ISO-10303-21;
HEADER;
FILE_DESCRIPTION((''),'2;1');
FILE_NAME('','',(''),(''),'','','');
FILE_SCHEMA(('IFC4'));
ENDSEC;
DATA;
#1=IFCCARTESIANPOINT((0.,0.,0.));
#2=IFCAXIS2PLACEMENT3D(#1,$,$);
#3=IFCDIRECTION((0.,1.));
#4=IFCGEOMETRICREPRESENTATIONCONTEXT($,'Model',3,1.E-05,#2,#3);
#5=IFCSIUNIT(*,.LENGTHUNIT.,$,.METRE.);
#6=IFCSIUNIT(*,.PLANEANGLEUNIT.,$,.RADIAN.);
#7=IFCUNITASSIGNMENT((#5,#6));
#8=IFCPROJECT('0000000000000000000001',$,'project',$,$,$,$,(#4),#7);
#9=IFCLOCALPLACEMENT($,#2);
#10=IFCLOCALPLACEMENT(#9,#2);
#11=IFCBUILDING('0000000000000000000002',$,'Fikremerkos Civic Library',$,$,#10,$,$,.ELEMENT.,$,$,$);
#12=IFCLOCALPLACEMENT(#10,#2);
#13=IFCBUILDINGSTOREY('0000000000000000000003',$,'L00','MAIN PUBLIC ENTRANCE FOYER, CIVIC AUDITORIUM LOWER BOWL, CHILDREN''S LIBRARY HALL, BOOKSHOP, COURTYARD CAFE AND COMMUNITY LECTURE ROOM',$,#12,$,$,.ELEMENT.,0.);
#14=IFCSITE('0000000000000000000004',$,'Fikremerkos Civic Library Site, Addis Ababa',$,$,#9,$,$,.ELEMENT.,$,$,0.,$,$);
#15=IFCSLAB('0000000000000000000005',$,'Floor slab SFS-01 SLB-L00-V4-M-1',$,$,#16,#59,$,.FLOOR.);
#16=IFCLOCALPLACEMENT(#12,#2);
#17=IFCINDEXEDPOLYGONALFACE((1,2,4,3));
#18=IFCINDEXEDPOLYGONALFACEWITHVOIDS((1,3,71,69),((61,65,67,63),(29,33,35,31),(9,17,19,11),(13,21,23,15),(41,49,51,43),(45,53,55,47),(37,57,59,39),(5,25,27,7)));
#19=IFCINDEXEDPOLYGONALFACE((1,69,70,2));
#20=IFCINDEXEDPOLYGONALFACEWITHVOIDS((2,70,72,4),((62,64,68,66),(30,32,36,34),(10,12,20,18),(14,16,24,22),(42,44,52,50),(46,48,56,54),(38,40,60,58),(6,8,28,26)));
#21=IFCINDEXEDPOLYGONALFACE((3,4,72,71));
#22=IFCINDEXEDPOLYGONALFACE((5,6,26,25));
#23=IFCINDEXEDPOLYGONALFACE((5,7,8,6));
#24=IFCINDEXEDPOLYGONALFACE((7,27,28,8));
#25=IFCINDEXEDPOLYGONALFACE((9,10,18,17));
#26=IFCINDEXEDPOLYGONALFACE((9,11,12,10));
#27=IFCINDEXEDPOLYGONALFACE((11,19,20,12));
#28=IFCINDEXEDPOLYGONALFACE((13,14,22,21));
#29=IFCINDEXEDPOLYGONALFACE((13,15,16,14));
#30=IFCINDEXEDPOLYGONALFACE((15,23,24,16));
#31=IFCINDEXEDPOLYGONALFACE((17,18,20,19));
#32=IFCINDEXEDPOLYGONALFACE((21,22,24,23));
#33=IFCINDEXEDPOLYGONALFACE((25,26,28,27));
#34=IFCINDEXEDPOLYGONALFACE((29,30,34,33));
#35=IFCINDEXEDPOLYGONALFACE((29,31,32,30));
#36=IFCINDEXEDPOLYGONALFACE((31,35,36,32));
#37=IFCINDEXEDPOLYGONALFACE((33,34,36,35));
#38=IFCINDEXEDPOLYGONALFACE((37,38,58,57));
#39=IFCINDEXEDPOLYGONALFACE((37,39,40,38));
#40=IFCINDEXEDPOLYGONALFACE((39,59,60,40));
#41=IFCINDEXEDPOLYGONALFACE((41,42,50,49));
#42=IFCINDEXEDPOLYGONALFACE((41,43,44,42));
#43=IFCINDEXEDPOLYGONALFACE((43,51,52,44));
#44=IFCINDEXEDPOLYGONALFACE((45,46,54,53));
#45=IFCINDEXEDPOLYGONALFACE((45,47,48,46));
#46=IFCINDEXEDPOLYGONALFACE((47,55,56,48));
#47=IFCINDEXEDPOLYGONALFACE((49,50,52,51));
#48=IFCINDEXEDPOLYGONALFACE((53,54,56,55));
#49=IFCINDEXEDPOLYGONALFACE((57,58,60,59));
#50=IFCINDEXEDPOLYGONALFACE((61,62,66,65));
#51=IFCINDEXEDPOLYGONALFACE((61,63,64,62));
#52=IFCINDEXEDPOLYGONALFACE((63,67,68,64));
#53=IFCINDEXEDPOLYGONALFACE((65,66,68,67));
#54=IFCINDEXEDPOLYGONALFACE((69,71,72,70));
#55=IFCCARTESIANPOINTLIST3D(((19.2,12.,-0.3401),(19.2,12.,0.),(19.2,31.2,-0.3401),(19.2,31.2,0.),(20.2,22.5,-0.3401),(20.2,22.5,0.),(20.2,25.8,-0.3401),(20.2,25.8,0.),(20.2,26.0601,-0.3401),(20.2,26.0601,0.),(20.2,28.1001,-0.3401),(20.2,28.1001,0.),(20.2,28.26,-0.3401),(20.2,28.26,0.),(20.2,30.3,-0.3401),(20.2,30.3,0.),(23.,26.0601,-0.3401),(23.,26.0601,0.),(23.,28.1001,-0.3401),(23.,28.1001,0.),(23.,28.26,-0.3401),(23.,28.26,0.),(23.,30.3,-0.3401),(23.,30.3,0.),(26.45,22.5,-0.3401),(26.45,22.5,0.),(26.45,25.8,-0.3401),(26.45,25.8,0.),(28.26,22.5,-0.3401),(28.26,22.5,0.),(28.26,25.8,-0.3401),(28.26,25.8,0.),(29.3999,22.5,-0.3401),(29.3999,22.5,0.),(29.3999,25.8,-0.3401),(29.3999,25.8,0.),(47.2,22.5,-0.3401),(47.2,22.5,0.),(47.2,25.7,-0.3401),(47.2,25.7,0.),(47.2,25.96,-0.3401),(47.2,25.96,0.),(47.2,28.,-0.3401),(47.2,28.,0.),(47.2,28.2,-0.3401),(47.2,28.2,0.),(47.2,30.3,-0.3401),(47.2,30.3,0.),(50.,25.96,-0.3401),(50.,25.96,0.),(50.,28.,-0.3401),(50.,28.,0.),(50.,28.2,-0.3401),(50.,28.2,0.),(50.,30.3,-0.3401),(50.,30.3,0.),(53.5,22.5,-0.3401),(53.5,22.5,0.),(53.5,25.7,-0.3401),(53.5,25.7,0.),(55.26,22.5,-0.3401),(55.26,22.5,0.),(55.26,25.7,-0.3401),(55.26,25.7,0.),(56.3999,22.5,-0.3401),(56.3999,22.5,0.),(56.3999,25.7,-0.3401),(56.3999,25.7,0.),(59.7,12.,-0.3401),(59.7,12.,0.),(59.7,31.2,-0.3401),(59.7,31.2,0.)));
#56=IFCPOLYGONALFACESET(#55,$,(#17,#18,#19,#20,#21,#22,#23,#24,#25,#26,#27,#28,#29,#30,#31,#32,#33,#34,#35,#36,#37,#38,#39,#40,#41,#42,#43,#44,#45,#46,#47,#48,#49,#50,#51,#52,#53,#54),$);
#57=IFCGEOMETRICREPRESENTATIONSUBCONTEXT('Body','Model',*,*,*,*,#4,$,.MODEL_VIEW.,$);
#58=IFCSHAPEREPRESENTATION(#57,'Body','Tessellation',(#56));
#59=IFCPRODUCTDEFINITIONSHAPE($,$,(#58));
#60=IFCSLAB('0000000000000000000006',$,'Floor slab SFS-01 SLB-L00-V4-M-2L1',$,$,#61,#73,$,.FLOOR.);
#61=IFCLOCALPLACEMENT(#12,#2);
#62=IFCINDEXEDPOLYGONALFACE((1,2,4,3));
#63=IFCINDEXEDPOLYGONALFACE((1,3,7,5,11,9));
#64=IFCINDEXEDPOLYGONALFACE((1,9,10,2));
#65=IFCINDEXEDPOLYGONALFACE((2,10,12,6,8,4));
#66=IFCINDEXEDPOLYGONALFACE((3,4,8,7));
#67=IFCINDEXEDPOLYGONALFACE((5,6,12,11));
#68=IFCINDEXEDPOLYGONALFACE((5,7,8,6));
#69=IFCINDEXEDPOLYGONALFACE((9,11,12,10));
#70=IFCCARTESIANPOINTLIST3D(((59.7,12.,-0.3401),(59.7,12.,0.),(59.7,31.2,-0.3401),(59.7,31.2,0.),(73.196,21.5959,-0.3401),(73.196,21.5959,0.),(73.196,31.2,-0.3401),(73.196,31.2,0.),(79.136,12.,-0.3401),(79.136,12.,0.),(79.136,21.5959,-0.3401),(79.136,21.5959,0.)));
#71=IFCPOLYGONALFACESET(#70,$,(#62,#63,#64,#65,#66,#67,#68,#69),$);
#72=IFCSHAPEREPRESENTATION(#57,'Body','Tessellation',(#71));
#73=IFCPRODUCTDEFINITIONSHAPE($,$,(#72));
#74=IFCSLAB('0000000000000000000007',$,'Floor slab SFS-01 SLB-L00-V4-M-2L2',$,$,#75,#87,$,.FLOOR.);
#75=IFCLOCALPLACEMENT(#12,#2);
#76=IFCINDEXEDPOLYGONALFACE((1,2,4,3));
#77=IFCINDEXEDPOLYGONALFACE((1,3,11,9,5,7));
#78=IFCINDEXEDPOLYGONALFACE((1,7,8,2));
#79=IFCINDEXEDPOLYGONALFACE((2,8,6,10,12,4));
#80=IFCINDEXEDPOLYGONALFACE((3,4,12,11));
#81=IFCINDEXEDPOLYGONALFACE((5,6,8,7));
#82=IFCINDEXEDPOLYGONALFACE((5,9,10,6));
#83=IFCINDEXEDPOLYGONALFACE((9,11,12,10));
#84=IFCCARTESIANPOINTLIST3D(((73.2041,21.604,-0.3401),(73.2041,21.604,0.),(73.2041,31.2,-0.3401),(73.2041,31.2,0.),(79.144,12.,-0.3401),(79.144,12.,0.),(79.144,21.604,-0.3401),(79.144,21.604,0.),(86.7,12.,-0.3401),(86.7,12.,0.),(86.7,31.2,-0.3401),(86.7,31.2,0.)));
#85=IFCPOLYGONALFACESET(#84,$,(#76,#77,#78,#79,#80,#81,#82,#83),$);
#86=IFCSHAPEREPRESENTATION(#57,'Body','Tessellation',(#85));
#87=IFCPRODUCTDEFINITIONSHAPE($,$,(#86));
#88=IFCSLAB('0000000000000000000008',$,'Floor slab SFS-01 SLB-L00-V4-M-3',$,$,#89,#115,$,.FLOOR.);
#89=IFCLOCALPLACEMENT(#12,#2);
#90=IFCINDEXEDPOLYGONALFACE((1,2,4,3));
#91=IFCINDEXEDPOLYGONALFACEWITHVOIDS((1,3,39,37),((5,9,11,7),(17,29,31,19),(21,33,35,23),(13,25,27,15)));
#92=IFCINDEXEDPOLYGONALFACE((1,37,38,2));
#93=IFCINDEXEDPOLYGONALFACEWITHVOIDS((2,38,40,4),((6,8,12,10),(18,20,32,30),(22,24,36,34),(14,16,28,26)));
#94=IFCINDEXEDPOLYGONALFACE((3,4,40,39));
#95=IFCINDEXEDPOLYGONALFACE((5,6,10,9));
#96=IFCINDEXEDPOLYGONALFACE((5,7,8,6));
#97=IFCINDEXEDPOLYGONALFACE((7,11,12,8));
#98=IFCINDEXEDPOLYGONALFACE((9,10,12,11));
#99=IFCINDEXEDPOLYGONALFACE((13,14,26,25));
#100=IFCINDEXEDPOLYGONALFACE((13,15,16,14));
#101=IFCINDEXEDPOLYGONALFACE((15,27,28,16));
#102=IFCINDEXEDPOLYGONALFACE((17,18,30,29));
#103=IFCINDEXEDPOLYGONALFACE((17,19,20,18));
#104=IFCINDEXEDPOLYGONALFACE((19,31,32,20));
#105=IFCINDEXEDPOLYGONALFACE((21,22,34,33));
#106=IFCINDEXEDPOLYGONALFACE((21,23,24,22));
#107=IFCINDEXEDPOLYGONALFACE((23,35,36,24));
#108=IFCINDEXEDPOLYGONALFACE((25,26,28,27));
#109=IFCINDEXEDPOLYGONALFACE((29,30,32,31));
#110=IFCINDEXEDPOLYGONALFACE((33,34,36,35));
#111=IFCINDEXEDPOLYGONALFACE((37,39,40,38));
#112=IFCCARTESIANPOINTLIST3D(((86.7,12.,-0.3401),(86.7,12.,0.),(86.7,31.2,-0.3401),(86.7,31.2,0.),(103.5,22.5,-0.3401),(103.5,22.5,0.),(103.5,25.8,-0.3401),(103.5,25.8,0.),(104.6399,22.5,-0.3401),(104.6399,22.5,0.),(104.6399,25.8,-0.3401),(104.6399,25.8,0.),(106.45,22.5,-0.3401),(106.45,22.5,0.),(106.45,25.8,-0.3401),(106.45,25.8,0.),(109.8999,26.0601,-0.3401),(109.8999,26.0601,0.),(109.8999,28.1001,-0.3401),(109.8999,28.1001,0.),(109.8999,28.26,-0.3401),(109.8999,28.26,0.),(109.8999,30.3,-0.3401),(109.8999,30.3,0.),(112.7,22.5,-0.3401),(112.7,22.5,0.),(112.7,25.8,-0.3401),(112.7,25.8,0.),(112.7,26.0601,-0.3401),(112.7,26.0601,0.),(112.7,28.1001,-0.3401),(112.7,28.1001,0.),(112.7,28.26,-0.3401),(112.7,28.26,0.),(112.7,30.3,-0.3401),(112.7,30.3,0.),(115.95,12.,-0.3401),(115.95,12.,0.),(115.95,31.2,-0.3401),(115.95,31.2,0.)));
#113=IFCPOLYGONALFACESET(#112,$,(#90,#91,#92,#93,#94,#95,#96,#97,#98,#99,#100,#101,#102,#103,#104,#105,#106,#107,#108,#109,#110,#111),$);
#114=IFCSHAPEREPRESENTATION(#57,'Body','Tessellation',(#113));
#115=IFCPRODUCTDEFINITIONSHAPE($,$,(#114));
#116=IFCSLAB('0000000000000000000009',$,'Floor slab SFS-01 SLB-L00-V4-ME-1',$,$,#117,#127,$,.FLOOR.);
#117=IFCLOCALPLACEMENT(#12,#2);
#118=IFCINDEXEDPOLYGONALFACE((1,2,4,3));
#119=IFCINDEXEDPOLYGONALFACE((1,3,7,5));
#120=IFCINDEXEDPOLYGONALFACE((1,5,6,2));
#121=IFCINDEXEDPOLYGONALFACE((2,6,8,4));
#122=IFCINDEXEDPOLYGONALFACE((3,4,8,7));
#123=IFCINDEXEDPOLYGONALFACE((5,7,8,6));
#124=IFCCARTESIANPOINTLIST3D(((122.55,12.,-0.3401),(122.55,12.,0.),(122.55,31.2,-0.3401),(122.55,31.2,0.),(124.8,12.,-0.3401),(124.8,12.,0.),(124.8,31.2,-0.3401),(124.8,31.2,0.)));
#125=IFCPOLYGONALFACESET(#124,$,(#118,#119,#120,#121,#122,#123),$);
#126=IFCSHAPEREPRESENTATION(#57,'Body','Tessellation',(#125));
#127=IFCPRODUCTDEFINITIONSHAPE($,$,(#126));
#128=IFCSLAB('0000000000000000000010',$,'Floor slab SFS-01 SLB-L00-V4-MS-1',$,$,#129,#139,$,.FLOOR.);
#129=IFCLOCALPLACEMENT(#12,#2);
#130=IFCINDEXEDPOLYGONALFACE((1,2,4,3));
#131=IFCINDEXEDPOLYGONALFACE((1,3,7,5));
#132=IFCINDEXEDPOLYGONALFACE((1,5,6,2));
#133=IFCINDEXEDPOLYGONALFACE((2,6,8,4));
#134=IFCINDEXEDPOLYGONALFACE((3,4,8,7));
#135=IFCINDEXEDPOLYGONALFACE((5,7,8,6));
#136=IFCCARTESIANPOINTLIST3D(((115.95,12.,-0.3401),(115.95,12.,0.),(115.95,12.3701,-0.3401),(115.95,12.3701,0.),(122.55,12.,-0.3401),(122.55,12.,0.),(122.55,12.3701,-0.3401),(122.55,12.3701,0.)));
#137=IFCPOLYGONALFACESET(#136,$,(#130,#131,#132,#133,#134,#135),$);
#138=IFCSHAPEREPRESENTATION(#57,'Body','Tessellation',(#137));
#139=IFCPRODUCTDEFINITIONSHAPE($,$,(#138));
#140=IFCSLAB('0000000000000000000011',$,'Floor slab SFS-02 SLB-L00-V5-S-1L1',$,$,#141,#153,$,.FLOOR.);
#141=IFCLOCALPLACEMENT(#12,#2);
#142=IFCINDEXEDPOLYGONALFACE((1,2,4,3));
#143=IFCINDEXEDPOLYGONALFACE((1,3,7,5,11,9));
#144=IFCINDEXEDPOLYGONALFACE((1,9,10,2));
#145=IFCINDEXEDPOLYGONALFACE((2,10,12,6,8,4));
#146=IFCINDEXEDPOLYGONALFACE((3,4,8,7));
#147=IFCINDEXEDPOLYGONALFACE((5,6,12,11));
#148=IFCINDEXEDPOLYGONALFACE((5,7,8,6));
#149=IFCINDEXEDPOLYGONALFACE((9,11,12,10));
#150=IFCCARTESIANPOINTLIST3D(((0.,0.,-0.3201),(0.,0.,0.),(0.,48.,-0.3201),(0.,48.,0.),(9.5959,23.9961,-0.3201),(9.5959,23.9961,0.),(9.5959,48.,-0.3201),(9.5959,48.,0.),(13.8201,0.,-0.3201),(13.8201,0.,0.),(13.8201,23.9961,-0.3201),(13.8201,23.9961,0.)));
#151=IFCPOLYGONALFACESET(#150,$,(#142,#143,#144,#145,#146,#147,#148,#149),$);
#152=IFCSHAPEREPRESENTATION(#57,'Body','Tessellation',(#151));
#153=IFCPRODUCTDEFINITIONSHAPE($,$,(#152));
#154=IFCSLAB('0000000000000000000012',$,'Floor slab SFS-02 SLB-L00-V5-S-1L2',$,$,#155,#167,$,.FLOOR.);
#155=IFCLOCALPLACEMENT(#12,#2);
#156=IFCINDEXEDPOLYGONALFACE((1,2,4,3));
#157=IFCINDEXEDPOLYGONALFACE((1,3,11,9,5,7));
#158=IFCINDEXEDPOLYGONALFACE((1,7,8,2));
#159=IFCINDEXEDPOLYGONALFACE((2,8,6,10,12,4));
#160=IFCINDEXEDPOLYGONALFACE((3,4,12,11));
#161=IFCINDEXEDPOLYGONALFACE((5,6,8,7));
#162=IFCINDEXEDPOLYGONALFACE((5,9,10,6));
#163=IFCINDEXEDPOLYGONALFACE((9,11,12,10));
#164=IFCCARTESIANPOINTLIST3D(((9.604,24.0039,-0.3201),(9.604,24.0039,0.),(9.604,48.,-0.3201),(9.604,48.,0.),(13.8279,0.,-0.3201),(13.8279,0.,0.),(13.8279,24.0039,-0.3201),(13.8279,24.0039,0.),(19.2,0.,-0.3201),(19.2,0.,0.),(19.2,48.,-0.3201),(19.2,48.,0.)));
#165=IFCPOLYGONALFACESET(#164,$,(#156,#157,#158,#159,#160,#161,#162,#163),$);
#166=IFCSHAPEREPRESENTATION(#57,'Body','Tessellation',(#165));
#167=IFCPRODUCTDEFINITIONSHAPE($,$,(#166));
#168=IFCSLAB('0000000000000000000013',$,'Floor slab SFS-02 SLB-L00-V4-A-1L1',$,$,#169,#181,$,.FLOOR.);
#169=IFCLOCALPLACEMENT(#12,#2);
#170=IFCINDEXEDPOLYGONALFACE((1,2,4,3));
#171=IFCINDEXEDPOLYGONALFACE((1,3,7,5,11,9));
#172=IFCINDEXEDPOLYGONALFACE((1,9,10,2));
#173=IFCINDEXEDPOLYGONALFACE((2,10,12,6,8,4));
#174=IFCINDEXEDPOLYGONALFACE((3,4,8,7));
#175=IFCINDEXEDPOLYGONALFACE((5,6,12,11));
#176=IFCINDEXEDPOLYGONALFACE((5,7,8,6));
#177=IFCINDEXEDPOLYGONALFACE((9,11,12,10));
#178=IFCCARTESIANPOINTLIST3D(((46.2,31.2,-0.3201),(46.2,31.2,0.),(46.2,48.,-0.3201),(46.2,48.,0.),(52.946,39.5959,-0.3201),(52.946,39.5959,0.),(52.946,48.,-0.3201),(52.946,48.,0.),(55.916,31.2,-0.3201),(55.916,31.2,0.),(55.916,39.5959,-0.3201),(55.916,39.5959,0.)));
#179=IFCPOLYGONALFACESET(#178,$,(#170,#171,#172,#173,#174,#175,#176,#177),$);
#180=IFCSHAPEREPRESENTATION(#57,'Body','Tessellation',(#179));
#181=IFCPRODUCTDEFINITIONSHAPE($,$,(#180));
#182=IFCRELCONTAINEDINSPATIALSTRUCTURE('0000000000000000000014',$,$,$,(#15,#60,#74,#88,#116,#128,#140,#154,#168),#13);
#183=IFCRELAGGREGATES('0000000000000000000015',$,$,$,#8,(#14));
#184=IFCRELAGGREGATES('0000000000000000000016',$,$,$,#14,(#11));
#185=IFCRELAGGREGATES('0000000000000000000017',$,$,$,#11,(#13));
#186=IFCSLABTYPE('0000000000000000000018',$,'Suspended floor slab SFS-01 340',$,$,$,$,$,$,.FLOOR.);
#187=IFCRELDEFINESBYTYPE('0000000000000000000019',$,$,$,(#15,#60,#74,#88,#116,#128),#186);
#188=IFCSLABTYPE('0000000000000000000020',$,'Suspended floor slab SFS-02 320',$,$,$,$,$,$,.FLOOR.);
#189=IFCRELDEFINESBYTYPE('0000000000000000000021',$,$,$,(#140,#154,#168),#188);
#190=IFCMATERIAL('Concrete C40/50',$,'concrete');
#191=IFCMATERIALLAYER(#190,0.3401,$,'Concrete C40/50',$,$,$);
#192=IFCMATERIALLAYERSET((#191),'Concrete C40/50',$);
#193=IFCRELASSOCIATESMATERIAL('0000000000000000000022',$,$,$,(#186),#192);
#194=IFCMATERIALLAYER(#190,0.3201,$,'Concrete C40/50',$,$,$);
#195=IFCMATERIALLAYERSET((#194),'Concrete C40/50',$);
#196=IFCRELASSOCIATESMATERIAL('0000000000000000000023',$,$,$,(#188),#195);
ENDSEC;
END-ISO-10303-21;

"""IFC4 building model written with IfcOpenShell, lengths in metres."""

from ifc_helpers import new_model, si_unit, direction, frame, origin, place, context, subcontext, project, spatial, polyline, outline, extrude, material, layer, layer_set, type_object, element, save


model = new_model("IFC4")

# Units and contexts
model_context = context("Model", 3, precision=1e-05, world=origin(), true_north=direction((0.0, 1.0)))
body_context = subcontext(model_context, "Body", "Model", "MODEL_VIEW")
ifc_project = project(units=[si_unit("LENGTHUNIT", "METRE"), si_unit("PLANEANGLEUNIT", "RADIAN")], contexts=[model_context])

# Site, building, storey
site_placement = place(None, origin())
site = spatial("IfcSite", under=ifc_project, at=site_placement, Name="Fikremerkos Civic Library Site, Addis Ababa", CompositionType="ELEMENT", RefElevation=0.0)
building_placement = place(site_placement, origin())
building = spatial("IfcBuilding", under=site, at=building_placement, Name="Fikremerkos Civic Library", CompositionType="ELEMENT")
storey_placement = place(building_placement, origin())
storey = spatial("IfcBuildingStorey", under=building, at=storey_placement, Name="L00", Description="MAIN PUBLIC ENTRANCE FOYER, CIVIC AUDITORIUM LOWER BOWL, CHILDREN'S LIBRARY HALL, BOOKSHOP, COURTYARD CAFE AND COMMUNITY LECTURE ROOM", CompositionType="ELEMENT", Elevation=0.0)

# Slabs
ifc_material = material(Name="Concrete C40/50", Category="concrete")
ifc_layer_1 = layer(ifc_material, 0.3401, Name="Concrete C40/50")
ifc_layer_set_1 = layer_set([ifc_layer_1], Name="Concrete C40/50")
slab_type_1 = type_object("IfcSlabType", Name="Suspended floor slab SFS-01 340", PredefinedType="FLOOR", material=ifc_layer_set_1)
slab_1_placement = place(storey_placement, frame((0.0, 0.0, -0.3401)))
element("IfcSlab", 1, at=slab_1_placement, inside=storey, type_object=slab_type_1, Name="Floor slab SFS-01 SLB-L00-V4-M-1", PredefinedType="FLOOR", context=body_context, shape_type="SweptSolid", body=[
    extrude(outline(polyline([(19.2, 12.0), (59.7, 12.0), (59.7, 31.2), (19.2, 31.2), (19.2, 12.0)]), holes=[polyline([(20.2, 22.5), (26.45, 22.5), (26.45, 25.8), (20.2, 25.8), (20.2, 22.5)]), polyline([(20.2, 26.0601), (23.0, 26.0601), (23.0, 28.1001), (20.2, 28.1001), (20.2, 26.0601)]), polyline([(20.2, 28.26), (23.0, 28.26), (23.0, 30.3), (20.2, 30.3), (20.2, 28.26)]), polyline([(28.26, 22.5), (29.3999, 22.5), (29.3999, 25.8), (28.26, 25.8), (28.26, 22.5)]), polyline([(47.2, 22.5), (53.5, 22.5), (53.5, 25.7), (47.2, 25.7), (47.2, 22.5)]), polyline([(47.2, 25.96), (50.0, 25.96), (50.0, 28.0), (47.2, 28.0), (47.2, 25.96)]), polyline([(47.2, 28.2), (50.0, 28.2), (50.0, 30.3), (47.2, 30.3), (47.2, 28.2)]), polyline([(55.26, 22.5), (56.3999, 22.5), (56.3999, 25.7), (55.26, 25.7), (55.26, 22.5)])]), origin(), (0.0, 0.0, 1.0), 0.3401),
])
slab_2_placement = place(storey_placement, frame((0.0, 0.0, -0.3401)))
element("IfcSlab", 2, at=slab_2_placement, inside=storey, type_object=slab_type_1, Name="Floor slab SFS-01 SLB-L00-V4-M-2L1", PredefinedType="FLOOR", context=body_context, shape_type="SweptSolid", body=[
    extrude(outline(polyline([(59.7, 12.0), (79.136, 12.0), (79.136, 21.5959), (73.196, 21.5959), (73.196, 31.2), (59.7, 31.2), (59.7, 12.0)])), origin(), (0.0, 0.0, 1.0), 0.3401),
])
slab_3_placement = place(storey_placement, frame((0.0, 0.0, -0.3401)))
element("IfcSlab", 3, at=slab_3_placement, inside=storey, type_object=slab_type_1, Name="Floor slab SFS-01 SLB-L00-V4-M-2L2", PredefinedType="FLOOR", context=body_context, shape_type="SweptSolid", body=[
    extrude(outline(polyline([(79.144, 12.0), (86.7, 12.0), (86.7, 31.2), (73.2041, 31.2), (73.2041, 21.604), (79.144, 21.604), (79.144, 12.0)])), origin(), (0.0, 0.0, 1.0), 0.3401),
])
slab_4_placement = place(storey_placement, frame((0.0, 0.0, -0.3401)))
element("IfcSlab", 4, at=slab_4_placement, inside=storey, type_object=slab_type_1, Name="Floor slab SFS-01 SLB-L00-V4-M-3", PredefinedType="FLOOR", context=body_context, shape_type="SweptSolid", body=[
    extrude(outline(polyline([(86.7, 12.0), (115.95, 12.0), (115.95, 31.2), (86.7, 31.2), (86.7, 12.0)]), holes=[polyline([(106.45, 22.5), (112.7, 22.5), (112.7, 25.8), (106.45, 25.8), (106.45, 22.5)]), polyline([(109.8999, 26.0601), (112.7, 26.0601), (112.7, 28.1001), (109.8999, 28.1001), (109.8999, 26.0601)]), polyline([(109.8999, 28.26), (112.7, 28.26), (112.7, 30.3), (109.8999, 30.3), (109.8999, 28.26)]), polyline([(103.5, 22.5), (104.6399, 22.5), (104.6399, 25.8), (103.5, 25.8), (103.5, 22.5)])]), origin(), (0.0, 0.0, 1.0), 0.3401),
])
slab_5_placement = place(storey_placement, frame((0.0, 0.0, -0.3401)))
element("IfcSlab", 5, at=slab_5_placement, inside=storey, type_object=slab_type_1, Name="Floor slab SFS-01 SLB-L00-V4-ME-1", PredefinedType="FLOOR", context=body_context, shape_type="SweptSolid", body=[
    extrude(outline(polyline([(122.55, 12.0), (124.8, 12.0), (124.8, 31.2), (122.55, 31.2), (122.55, 12.0)])), origin(), (0.0, 0.0, 1.0), 0.3401),
])
slab_6_placement = place(storey_placement, frame((0.0, 0.0, -0.3401)))
element("IfcSlab", 6, at=slab_6_placement, inside=storey, type_object=slab_type_1, Name="Floor slab SFS-01 SLB-L00-V4-MS-1", PredefinedType="FLOOR", context=body_context, shape_type="SweptSolid", body=[
    extrude(outline(polyline([(115.95, 12.0), (122.55, 12.0), (122.55, 12.3701), (115.95, 12.3701), (115.95, 12.0)])), origin(), (0.0, 0.0, 1.0), 0.3401),
])
ifc_layer_2 = layer(ifc_material, 0.3201, Name="Concrete C40/50")
ifc_layer_set_2 = layer_set([ifc_layer_2], Name="Concrete C40/50")
slab_type_2 = type_object("IfcSlabType", Name="Suspended floor slab SFS-02 320", PredefinedType="FLOOR", material=ifc_layer_set_2)
slab_7_placement = place(storey_placement, frame((0.0, 0.0, -0.3201)))
element("IfcSlab", 7, at=slab_7_placement, inside=storey, type_object=slab_type_2, Name="Floor slab SFS-02 SLB-L00-V5-S-1L1", PredefinedType="FLOOR", context=body_context, shape_type="SweptSolid", body=[
    extrude(outline(polyline([(0.0, 0.0), (13.8201, 0.0), (13.8201, 23.9961), (9.5959, 23.9961), (9.5959, 48.0), (0.0, 48.0), (0.0, 0.0)])), origin(), (0.0, 0.0, 1.0), 0.3201),
])
slab_8_placement = place(storey_placement, frame((0.0, 0.0, -0.3201)))
element("IfcSlab", 8, at=slab_8_placement, inside=storey, type_object=slab_type_2, Name="Floor slab SFS-02 SLB-L00-V5-S-1L2", PredefinedType="FLOOR", context=body_context, shape_type="SweptSolid", body=[
    extrude(outline(polyline([(13.8279, 0.0), (19.2, 0.0), (19.2, 48.0), (9.604, 48.0), (9.604, 24.0039), (13.8279, 24.0039), (13.8279, 0.0)])), origin(), (0.0, 0.0, 1.0), 0.3201),
])
slab_9_placement = place(storey_placement, frame((0.0, 0.0, -0.3201)))
element("IfcSlab", 9, at=slab_9_placement, inside=storey, type_object=slab_type_2, Name="Floor slab SFS-02 SLB-L00-V4-A-1L1", PredefinedType="FLOOR", context=body_context, shape_type="SweptSolid", body=[
    extrude(outline(polyline([(46.2, 31.2), (55.916, 31.2), (55.916, 39.5959), (52.946, 39.5959), (52.946, 48.0), (46.2, 48.0), (46.2, 31.2)])), origin(), (0.0, 0.0, 1.0), 0.3201),
])

save(model, "model.ifc")
